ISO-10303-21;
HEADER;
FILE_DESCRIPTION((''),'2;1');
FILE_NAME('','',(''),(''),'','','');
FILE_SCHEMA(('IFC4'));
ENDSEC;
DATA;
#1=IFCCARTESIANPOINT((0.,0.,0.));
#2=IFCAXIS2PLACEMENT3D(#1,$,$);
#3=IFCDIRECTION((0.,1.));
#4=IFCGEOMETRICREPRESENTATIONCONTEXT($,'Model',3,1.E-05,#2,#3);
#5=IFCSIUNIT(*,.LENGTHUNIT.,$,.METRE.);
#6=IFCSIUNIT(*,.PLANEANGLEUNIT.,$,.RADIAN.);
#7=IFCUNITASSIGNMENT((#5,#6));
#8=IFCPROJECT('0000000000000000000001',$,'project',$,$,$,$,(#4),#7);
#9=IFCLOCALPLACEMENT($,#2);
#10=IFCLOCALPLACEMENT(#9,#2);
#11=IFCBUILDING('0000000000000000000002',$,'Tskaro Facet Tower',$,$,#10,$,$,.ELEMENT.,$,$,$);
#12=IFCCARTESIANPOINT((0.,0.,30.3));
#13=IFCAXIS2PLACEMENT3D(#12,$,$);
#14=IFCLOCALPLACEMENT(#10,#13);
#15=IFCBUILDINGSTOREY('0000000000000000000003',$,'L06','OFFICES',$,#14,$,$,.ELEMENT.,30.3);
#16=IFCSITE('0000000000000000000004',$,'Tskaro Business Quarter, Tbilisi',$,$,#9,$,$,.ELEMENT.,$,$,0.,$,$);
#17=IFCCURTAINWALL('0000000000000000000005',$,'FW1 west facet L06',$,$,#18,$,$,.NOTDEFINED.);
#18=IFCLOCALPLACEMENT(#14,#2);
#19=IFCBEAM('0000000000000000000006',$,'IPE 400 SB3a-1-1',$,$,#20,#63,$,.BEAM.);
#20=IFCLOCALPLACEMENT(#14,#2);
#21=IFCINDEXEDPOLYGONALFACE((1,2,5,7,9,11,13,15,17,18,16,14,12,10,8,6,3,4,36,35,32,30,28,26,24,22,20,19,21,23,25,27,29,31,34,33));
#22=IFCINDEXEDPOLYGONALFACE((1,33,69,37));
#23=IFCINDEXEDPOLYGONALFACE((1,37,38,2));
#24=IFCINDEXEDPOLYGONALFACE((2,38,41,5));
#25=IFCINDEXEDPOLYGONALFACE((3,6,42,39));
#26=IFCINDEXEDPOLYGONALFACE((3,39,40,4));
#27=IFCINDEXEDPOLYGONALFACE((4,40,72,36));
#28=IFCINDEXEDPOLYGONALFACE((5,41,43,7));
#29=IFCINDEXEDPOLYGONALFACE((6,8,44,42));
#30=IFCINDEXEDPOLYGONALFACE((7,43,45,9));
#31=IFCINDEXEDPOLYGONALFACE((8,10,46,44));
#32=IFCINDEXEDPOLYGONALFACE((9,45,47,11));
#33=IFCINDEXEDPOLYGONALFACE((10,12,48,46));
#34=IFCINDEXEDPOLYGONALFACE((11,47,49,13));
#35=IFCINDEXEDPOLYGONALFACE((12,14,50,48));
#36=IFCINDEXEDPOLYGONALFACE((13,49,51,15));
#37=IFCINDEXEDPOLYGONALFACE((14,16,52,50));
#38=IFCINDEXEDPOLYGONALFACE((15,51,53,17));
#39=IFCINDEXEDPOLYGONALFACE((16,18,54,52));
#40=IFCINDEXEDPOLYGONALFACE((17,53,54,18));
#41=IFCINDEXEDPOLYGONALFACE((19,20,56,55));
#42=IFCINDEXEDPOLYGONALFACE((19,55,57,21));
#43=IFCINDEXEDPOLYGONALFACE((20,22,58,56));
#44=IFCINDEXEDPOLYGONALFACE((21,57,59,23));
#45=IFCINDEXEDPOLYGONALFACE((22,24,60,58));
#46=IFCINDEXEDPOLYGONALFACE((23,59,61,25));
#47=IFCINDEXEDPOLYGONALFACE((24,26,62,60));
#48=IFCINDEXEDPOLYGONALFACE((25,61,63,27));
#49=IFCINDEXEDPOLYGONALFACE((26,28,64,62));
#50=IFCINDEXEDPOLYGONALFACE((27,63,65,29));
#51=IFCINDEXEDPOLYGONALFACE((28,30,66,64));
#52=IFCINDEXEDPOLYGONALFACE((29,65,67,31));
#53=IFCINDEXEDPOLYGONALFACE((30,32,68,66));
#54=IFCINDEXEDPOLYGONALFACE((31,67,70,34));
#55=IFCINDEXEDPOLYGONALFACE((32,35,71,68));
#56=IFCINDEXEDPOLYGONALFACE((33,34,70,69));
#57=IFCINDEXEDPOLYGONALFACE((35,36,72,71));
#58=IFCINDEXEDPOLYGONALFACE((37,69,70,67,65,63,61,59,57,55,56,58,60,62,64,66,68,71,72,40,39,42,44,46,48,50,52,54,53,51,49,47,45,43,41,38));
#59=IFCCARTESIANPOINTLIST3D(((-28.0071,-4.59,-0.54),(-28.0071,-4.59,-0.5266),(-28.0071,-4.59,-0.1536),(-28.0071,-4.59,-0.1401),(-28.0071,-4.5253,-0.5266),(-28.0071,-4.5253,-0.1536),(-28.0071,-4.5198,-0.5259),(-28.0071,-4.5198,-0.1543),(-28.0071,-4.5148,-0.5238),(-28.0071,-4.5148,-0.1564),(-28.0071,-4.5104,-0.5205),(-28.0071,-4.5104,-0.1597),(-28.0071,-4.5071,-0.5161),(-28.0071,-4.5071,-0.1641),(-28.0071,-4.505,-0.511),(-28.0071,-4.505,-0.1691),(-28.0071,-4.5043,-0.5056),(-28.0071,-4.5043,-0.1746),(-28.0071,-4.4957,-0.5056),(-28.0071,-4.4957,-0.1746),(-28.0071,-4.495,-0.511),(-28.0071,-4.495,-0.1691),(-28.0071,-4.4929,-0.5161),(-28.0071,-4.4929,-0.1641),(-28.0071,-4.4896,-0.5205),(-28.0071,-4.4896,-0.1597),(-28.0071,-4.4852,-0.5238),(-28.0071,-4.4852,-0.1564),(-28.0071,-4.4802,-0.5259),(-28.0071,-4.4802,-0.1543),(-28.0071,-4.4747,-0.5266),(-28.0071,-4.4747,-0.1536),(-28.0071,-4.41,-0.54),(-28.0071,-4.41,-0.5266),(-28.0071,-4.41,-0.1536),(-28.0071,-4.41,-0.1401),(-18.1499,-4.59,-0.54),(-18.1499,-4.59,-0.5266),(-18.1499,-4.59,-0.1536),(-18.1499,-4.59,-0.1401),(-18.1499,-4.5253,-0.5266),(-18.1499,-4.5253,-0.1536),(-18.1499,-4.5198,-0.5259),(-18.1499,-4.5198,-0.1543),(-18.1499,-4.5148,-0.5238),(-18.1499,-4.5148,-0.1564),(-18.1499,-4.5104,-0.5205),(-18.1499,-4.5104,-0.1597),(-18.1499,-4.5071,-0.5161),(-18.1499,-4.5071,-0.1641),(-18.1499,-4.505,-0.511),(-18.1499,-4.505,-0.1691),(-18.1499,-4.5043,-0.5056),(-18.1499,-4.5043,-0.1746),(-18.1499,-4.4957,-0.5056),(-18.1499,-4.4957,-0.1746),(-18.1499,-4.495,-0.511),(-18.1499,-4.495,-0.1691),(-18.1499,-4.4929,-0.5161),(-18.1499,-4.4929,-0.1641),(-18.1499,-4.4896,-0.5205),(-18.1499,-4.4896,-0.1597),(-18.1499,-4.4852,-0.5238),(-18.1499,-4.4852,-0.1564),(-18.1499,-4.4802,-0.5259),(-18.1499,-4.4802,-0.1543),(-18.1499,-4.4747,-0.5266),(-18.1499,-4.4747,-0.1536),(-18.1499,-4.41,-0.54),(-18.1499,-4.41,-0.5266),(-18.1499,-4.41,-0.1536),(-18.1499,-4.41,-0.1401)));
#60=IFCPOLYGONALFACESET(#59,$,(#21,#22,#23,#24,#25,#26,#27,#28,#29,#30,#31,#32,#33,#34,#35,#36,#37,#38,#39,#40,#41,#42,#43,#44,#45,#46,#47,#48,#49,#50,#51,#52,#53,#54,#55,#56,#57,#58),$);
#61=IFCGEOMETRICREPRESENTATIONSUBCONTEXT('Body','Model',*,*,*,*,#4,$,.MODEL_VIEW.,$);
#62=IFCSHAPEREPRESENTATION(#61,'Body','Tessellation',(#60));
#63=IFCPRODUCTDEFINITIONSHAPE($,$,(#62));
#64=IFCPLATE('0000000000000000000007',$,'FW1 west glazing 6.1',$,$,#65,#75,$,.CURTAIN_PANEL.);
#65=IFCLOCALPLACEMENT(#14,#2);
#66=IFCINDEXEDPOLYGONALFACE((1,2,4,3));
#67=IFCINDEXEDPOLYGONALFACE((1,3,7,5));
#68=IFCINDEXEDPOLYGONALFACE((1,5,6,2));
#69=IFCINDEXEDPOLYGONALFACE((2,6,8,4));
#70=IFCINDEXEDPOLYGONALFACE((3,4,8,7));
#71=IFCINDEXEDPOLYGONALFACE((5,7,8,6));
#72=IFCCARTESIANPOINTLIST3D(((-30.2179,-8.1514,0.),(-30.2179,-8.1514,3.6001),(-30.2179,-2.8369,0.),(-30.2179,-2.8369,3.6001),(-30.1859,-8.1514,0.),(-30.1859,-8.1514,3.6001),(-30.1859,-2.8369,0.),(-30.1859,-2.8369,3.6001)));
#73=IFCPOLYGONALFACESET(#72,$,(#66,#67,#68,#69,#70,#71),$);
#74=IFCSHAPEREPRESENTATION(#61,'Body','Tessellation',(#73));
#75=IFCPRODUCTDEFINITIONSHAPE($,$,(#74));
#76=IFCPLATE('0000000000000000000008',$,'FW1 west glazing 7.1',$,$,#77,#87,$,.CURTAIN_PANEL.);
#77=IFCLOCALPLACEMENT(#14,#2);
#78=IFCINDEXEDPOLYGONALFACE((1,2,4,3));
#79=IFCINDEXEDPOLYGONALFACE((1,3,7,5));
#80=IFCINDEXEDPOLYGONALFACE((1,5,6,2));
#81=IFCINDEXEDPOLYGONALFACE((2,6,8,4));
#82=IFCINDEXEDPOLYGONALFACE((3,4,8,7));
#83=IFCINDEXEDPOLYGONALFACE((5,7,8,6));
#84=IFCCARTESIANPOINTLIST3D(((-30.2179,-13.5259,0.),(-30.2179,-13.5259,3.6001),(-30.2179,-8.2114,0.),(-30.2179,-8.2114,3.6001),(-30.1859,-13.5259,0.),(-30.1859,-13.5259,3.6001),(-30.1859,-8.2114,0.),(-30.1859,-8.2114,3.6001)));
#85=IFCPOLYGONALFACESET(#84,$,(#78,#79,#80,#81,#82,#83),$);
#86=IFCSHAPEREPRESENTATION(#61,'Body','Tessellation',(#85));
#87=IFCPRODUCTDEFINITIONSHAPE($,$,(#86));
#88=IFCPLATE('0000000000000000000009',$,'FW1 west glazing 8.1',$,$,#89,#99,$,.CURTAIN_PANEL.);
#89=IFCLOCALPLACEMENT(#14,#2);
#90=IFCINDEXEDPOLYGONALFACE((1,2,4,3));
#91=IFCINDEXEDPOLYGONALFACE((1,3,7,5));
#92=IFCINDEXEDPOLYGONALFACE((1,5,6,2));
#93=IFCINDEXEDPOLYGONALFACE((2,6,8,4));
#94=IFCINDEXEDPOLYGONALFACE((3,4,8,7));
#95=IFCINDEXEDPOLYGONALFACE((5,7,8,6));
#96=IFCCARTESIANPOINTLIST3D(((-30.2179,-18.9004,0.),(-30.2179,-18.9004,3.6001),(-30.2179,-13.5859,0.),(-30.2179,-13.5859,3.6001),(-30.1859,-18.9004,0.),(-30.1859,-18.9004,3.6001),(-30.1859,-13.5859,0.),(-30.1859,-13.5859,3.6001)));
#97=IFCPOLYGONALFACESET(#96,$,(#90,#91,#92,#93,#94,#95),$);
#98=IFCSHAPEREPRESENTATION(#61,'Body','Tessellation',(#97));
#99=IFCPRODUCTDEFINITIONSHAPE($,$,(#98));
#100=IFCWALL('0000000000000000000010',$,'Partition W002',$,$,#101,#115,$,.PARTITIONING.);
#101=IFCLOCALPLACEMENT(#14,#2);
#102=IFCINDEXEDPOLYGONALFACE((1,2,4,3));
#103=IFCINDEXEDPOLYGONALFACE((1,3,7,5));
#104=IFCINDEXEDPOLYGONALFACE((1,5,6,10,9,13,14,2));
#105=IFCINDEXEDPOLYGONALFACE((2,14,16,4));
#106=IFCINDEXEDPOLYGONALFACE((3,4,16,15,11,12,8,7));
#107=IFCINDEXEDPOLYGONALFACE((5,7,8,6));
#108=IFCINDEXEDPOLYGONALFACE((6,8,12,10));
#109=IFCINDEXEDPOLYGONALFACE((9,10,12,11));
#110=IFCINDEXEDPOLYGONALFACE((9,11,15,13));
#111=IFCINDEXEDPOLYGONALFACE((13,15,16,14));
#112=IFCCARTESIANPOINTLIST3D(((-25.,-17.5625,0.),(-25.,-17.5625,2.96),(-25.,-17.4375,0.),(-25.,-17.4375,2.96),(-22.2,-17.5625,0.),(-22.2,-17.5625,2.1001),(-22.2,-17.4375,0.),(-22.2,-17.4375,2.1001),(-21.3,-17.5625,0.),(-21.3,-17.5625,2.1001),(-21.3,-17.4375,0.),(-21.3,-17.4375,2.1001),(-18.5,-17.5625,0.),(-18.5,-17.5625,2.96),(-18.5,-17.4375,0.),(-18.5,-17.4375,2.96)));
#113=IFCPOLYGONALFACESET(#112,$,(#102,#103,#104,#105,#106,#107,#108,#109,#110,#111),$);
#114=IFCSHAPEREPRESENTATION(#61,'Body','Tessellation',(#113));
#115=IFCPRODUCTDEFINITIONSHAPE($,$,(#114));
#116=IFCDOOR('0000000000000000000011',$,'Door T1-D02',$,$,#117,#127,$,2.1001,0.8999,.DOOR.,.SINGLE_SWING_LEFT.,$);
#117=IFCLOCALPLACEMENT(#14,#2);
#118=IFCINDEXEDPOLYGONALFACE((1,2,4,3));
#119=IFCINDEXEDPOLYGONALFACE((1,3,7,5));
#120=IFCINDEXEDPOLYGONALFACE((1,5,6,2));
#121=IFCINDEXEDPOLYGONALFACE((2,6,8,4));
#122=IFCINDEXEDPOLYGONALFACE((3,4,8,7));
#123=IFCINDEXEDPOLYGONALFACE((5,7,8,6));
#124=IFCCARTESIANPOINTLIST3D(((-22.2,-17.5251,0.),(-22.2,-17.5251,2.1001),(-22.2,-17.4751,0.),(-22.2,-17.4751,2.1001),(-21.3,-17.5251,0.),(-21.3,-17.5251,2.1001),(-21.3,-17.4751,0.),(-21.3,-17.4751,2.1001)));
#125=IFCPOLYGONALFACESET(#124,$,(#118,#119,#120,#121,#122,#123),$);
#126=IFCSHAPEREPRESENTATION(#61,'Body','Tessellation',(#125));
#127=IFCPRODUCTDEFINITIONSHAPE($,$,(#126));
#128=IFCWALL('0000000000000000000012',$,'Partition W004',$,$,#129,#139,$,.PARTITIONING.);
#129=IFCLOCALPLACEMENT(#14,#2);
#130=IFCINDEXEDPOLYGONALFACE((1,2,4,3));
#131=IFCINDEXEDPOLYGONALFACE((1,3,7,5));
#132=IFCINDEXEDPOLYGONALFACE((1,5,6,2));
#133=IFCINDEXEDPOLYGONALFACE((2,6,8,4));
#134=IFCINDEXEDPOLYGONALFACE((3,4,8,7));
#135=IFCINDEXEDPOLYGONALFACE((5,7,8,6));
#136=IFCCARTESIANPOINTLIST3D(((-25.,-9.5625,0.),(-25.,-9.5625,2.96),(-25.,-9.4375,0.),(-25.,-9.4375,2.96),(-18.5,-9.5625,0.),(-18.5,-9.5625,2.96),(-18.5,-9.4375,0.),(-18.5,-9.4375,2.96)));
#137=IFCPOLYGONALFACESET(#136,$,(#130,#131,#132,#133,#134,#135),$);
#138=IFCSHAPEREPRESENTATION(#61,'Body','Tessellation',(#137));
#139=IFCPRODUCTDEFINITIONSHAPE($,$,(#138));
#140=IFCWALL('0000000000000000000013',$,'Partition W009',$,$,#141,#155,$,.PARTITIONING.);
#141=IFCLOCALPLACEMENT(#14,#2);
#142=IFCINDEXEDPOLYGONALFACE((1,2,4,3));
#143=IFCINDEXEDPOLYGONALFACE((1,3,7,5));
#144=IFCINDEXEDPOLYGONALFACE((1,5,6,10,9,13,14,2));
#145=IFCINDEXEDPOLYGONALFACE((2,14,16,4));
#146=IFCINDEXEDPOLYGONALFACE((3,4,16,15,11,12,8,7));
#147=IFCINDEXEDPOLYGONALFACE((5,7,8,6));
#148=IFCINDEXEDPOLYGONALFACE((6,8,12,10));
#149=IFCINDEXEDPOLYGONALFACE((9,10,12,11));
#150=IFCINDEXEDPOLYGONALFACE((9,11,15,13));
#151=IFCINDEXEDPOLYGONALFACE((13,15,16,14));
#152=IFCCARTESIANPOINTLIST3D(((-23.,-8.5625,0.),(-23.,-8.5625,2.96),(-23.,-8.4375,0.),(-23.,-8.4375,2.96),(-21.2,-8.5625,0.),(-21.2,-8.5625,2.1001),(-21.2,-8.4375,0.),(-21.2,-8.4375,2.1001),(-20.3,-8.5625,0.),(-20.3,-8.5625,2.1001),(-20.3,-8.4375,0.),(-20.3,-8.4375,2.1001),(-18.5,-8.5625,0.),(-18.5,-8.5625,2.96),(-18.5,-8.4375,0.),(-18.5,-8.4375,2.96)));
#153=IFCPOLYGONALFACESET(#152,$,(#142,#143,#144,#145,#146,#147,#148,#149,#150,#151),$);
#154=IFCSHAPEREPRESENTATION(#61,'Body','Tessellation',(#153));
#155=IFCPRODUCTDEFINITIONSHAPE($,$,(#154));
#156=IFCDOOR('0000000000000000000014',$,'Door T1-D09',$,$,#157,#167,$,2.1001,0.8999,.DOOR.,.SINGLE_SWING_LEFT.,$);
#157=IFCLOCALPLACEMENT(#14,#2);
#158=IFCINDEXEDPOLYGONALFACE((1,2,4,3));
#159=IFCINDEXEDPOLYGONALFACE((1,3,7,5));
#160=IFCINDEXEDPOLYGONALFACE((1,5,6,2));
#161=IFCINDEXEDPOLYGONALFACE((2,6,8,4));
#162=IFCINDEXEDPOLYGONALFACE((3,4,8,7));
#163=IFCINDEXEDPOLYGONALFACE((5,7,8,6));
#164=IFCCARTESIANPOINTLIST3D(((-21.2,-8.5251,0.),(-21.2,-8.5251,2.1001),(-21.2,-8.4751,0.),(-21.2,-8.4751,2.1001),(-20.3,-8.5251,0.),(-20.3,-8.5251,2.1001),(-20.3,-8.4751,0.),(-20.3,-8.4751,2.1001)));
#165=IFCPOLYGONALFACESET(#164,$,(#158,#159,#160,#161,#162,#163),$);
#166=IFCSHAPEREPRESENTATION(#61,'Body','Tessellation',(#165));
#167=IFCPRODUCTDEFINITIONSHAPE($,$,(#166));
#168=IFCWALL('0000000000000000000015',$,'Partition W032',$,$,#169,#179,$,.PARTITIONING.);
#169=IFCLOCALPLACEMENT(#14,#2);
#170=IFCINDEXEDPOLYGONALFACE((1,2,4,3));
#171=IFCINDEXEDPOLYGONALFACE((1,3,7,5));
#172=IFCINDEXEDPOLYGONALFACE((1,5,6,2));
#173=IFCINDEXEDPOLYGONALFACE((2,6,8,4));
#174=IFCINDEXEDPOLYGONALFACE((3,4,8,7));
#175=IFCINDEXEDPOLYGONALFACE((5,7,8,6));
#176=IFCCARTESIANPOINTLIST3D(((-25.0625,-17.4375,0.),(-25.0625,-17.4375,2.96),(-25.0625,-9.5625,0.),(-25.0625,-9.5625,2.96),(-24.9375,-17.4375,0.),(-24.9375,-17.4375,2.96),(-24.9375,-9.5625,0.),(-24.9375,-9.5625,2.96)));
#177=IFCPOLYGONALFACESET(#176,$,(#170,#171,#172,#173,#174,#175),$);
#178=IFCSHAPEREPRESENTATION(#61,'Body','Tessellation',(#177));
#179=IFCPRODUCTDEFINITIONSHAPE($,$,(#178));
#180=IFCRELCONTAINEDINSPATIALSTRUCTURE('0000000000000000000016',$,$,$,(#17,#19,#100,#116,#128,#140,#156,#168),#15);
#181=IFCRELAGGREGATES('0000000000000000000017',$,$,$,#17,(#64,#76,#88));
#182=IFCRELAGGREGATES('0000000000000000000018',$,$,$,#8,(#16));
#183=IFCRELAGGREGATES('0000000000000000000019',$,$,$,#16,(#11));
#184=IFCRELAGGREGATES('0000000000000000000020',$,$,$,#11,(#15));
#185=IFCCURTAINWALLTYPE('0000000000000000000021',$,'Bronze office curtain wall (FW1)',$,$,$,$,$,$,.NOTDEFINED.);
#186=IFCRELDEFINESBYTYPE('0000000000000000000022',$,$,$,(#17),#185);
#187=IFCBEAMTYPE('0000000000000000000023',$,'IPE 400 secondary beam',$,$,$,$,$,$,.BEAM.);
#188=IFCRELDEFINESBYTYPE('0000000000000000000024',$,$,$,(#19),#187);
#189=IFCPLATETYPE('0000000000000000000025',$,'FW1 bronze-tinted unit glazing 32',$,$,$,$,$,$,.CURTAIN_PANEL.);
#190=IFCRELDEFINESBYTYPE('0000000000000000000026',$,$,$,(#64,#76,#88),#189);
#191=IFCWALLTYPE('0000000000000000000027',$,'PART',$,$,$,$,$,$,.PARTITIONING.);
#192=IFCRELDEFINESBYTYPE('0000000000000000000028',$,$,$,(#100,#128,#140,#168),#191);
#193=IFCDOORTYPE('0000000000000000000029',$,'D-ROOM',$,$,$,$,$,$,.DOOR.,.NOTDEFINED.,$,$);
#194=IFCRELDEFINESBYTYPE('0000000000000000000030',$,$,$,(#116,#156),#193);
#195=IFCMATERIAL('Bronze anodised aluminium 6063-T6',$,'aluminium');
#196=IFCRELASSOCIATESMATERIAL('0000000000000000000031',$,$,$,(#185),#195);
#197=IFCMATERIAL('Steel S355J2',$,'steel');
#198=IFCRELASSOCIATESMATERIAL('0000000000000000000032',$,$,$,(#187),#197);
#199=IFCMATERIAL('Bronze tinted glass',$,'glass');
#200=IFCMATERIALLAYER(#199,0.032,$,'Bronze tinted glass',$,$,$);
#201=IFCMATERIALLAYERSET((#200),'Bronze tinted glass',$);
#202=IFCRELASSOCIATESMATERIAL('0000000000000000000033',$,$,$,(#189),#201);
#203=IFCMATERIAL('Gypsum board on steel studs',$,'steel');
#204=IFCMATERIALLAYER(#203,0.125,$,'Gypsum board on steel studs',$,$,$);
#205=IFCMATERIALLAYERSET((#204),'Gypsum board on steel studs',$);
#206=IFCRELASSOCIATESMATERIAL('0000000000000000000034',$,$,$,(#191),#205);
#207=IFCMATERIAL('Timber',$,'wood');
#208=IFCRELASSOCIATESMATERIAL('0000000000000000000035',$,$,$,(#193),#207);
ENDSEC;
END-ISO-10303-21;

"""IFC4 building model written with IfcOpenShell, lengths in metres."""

from ifc_helpers import new_model, si_unit, direction, frame, frame_2d, origin, origin_2d, place, context, subcontext, project, spatial, rectangle, i_section, extrude, material, layer, layer_set, material_profile, profile_set, type_object, element, fill, aggregate, save


model = new_model("IFC4")

# Units and contexts
model_context = context("Model", 3, precision=1e-05, world=origin(), true_north=direction((0.0, 1.0)))
body_context = subcontext(model_context, "Body", "Model", "MODEL_VIEW")
ifc_project = project(units=[si_unit("LENGTHUNIT", "METRE"), si_unit("PLANEANGLEUNIT", "RADIAN")], contexts=[model_context])

# Site, building, storey
site_placement = place(None, origin())
site = spatial("IfcSite", under=ifc_project, at=site_placement, Name="Tskaro Business Quarter, Tbilisi", CompositionType="ELEMENT", RefElevation=0.0)
building_placement = place(site_placement, origin())
building = spatial("IfcBuilding", under=site, at=building_placement, Name="Tskaro Facet Tower", CompositionType="ELEMENT")
storey_placement = place(building_placement, frame((0.0, 0.0, 30.3)))
storey = spatial("IfcBuildingStorey", under=building, at=storey_placement, Name="L06", Description="OFFICES", CompositionType="ELEMENT", Elevation=30.3)

# Curtain wall
ifc_material_1 = material(Name="Bronze anodised aluminium 6063-T6", Category="aluminium")
curtain_wall_type = type_object("IfcCurtainWallType", Name="Bronze office curtain wall (FW1)", PredefinedType="NOTDEFINED", material=ifc_material_1)
curtain_wall_placement = place(storey_placement, origin())
curtain_wall = element("IfcCurtainWall", 1, at=curtain_wall_placement, inside=storey, type_object=curtain_wall_type, Name="FW1 west facet L06", PredefinedType="NOTDEFINED")

# Beam
ifc_material_2 = material(Name="Steel S355J2", Category="steel")
ifc_material_profile_1 = material_profile(ifc_material_2, i_section(OverallWidth=0.1799, OverallDepth=0.3999, WebThickness=0.0085, FlangeThickness=0.0134, FilletRadius=0.021, at=origin_2d()), Name="IPE 400")
ifc_profile_set_1 = profile_set([ifc_material_profile_1], Name="Steel S355J2")
beam_type_1 = type_object("IfcBeamType", Name="IPE 400 secondary beam", PredefinedType="BEAM", material=ifc_profile_set_1)
for number, where, z_axis, x_axis, name in (
    (2, (-28.0071, -4.5, -0.3401), (1.0, 0.0, 0.0), (0.0, 1.0, 0.0), "IPE 400 SB3a-1-1"),
):
    element("IfcBeam", number, at=place(storey_placement, frame(where, z_axis=z_axis, x_axis=x_axis)), inside=storey, type_object=beam_type_1, Name=name, PredefinedType="BEAM", context=body_context, shape_type="SweptSolid", body=[
        extrude(i_section(OverallWidth=0.1799, OverallDepth=0.3999, WebThickness=0.0085, FlangeThickness=0.0134, FilletRadius=0.021, at=origin_2d()), origin(), (0.0, 0.0, 1.0), 9.8572),
    ])

# Plates
ifc_material_3 = material(Name="Bronze tinted glass", Category="glass")
ifc_layer_1 = layer(ifc_material_3, 0.032, Name="Bronze tinted glass")
ifc_layer_set_1 = layer_set([ifc_layer_1], Name="Bronze tinted glass")
plate_type = type_object("IfcPlateType", Name="FW1 bronze-tinted unit glazing 32", PredefinedType="CURTAIN_PANEL", material=ifc_layer_set_1)
plate_1_placement = place(storey_placement, frame((-30.2019, -5.4941, 0.0), z_axis=(0.0, 0.0, 1.0), x_axis=(0.0, -1.0, 0.0)))
plate_1 = element("IfcPlate", 3, at=plate_1_placement, type_object=plate_type, Name="FW1 west glazing 6.1", PredefinedType="CURTAIN_PANEL", context=body_context, shape_type="SweptSolid", body=[
    extrude(rectangle(XDim=5.3145, YDim=0.032, at=origin_2d()), origin(), (0.0, 0.0, 1.0), 3.6001),
])
plate_2_placement = place(storey_placement, frame((-30.2019, -10.8687, 0.0), z_axis=(0.0, 0.0, 1.0), x_axis=(0.0, -1.0, 0.0)))
plate_2 = element("IfcPlate", 4, at=plate_2_placement, type_object=plate_type, Name="FW1 west glazing 7.1", PredefinedType="CURTAIN_PANEL", context=body_context, shape_type="SweptSolid", body=[
    extrude(rectangle(XDim=5.3145, YDim=0.032, at=origin_2d()), origin(), (0.0, 0.0, 1.0), 3.6001),
])
plate_3_placement = place(storey_placement, frame((-30.2019, -16.2432, 0.0), z_axis=(0.0, 0.0, 1.0), x_axis=(0.0, -1.0, 0.0)))
plate_3 = element("IfcPlate", 5, at=plate_3_placement, type_object=plate_type, Name="FW1 west glazing 8.1", PredefinedType="CURTAIN_PANEL", context=body_context, shape_type="SweptSolid", body=[
    extrude(rectangle(XDim=5.3145, YDim=0.032, at=origin_2d()), origin(), (0.0, 0.0, 1.0), 3.6001),
])
aggregate(curtain_wall, [plate_1, plate_2, plate_3])

# Wall, opening, door
ifc_material_4 = material(Name="Gypsum board on steel studs", Category="steel")
ifc_layer_2 = layer(ifc_material_4, 0.125, Name="Gypsum board on steel studs")
ifc_layer_set_2 = layer_set([ifc_layer_2], Name="Gypsum board on steel studs")
wall_type = type_object("IfcWallType", Name="PART", PredefinedType="PARTITIONING", material=ifc_layer_set_2)
wall_1_placement = place(storey_placement, frame((-25.0, -17.5, 0.0), z_axis=(0.0, 0.0, 1.0), x_axis=(1.0, 0.0, 0.0)))
wall_1 = element("IfcWall", 6, at=wall_1_placement, inside=storey, type_object=wall_type, Name="Partition W002", PredefinedType="PARTITIONING", context=body_context, shape_type="SweptSolid", body=[
    extrude(rectangle(XDim=6.5, YDim=0.125, at=frame_2d((3.25, 0.0))), origin(), (0.0, 0.0, 1.0), 2.96),
])
opening_1_placement = place(wall_1_placement, frame((2.8, 0.0, 0.0)))
opening_1 = element("IfcOpeningElement", 7, at=opening_1_placement, cuts=wall_1, PredefinedType="OPENING", context=body_context, shape_type="SweptSolid", body=[
    extrude(rectangle(XDim=0.8999, YDim=2.1001, at=frame_2d((0.45, 1.05))), frame((0.0, 0.0725, 0.0), z_axis=(0.0, -1.0, 0.0), x_axis=(1.0, 0.0, 0.0)), (0.0, 0.0, 1.0), 0.145),
])
ifc_material_5 = material(Name="Timber", Category="wood")
door_type = type_object("IfcDoorType", Name="D-ROOM", OperationType="NOTDEFINED", PredefinedType="DOOR", material=ifc_material_5)
door_1_placement = place(opening_1_placement, origin())
door_1 = element("IfcDoor", 8, at=door_1_placement, inside=storey, type_object=door_type, Name="Door T1-D02", OperationType="SINGLE_SWING_LEFT", OverallHeight=2.1001, OverallWidth=0.8999, PredefinedType="DOOR", context=body_context, shape_type="SweptSolid", body=[
    extrude(rectangle(XDim=0.8999, YDim=2.1001, at=frame_2d((0.45, 1.05))), frame((0.0, 0.0249, 0.0), z_axis=(0.0, -1.0, 0.0), x_axis=(1.0, 0.0, 0.0)), (0.0, 0.0, 1.0), 0.05),
])
fill(opening_1, door_1)

# Wall
wall_2_placement = place(storey_placement, frame((-25.0, -9.5, 0.0), z_axis=(0.0, 0.0, 1.0), x_axis=(1.0, 0.0, 0.0)))
element("IfcWall", 9, at=wall_2_placement, inside=storey, type_object=wall_type, Name="Partition W004", PredefinedType="PARTITIONING", context=body_context, shape_type="SweptSolid", body=[
    extrude(rectangle(XDim=6.5, YDim=0.125, at=frame_2d((3.25, 0.0))), origin(), (0.0, 0.0, 1.0), 2.96),
])

# Wall, opening, door
wall_3_placement = place(storey_placement, frame((-23.0, -8.5, 0.0), z_axis=(0.0, 0.0, 1.0), x_axis=(1.0, 0.0, 0.0)))
wall_3 = element("IfcWall", 10, at=wall_3_placement, inside=storey, type_object=wall_type, Name="Partition W009", PredefinedType="PARTITIONING", context=body_context, shape_type="SweptSolid", body=[
    extrude(rectangle(XDim=4.5, YDim=0.125, at=frame_2d((2.25, 0.0))), origin(), (0.0, 0.0, 1.0), 2.96),
])
opening_2_placement = place(wall_3_placement, frame((1.8, 0.0, 0.0)))
opening_2 = element("IfcOpeningElement", 11, at=opening_2_placement, cuts=wall_3, PredefinedType="OPENING", context=body_context, shape_type="SweptSolid", body=[
    extrude(rectangle(XDim=0.8999, YDim=2.1001, at=frame_2d((0.45, 1.05))), frame((0.0, 0.0725, 0.0), z_axis=(0.0, -1.0, 0.0), x_axis=(1.0, 0.0, 0.0)), (0.0, 0.0, 1.0), 0.145),
])
door_2_placement = place(opening_2_placement, origin())
door_2 = element("IfcDoor", 12, at=door_2_placement, inside=storey, type_object=door_type, Name="Door T1-D09", OperationType="SINGLE_SWING_LEFT", OverallHeight=2.1001, OverallWidth=0.8999, PredefinedType="DOOR", context=body_context, shape_type="SweptSolid", body=[
    extrude(rectangle(XDim=0.8999, YDim=2.1001, at=frame_2d((0.45, 1.05))), frame((0.0, 0.0249, 0.0), z_axis=(0.0, -1.0, 0.0), x_axis=(1.0, 0.0, 0.0)), (0.0, 0.0, 1.0), 0.05),
])
fill(opening_2, door_2)

# Wall
for number, where, z_axis, x_axis, name in (
    (13, (-25.0, -17.4375, 0.0), (0.0, 0.0, 1.0), (0.0, 1.0, 0.0), "Partition W032"),
):
    element("IfcWall", number, at=place(storey_placement, frame(where, z_axis=z_axis, x_axis=x_axis)), inside=storey, type_object=wall_type, Name=name, PredefinedType="PARTITIONING", context=body_context, shape_type="SweptSolid", body=[
        extrude(rectangle(XDim=7.875, YDim=0.125, at=frame_2d((3.9375, 0.0))), origin(), (0.0, 0.0, 1.0), 2.96),
    ])

save(model, "model.ifc")
